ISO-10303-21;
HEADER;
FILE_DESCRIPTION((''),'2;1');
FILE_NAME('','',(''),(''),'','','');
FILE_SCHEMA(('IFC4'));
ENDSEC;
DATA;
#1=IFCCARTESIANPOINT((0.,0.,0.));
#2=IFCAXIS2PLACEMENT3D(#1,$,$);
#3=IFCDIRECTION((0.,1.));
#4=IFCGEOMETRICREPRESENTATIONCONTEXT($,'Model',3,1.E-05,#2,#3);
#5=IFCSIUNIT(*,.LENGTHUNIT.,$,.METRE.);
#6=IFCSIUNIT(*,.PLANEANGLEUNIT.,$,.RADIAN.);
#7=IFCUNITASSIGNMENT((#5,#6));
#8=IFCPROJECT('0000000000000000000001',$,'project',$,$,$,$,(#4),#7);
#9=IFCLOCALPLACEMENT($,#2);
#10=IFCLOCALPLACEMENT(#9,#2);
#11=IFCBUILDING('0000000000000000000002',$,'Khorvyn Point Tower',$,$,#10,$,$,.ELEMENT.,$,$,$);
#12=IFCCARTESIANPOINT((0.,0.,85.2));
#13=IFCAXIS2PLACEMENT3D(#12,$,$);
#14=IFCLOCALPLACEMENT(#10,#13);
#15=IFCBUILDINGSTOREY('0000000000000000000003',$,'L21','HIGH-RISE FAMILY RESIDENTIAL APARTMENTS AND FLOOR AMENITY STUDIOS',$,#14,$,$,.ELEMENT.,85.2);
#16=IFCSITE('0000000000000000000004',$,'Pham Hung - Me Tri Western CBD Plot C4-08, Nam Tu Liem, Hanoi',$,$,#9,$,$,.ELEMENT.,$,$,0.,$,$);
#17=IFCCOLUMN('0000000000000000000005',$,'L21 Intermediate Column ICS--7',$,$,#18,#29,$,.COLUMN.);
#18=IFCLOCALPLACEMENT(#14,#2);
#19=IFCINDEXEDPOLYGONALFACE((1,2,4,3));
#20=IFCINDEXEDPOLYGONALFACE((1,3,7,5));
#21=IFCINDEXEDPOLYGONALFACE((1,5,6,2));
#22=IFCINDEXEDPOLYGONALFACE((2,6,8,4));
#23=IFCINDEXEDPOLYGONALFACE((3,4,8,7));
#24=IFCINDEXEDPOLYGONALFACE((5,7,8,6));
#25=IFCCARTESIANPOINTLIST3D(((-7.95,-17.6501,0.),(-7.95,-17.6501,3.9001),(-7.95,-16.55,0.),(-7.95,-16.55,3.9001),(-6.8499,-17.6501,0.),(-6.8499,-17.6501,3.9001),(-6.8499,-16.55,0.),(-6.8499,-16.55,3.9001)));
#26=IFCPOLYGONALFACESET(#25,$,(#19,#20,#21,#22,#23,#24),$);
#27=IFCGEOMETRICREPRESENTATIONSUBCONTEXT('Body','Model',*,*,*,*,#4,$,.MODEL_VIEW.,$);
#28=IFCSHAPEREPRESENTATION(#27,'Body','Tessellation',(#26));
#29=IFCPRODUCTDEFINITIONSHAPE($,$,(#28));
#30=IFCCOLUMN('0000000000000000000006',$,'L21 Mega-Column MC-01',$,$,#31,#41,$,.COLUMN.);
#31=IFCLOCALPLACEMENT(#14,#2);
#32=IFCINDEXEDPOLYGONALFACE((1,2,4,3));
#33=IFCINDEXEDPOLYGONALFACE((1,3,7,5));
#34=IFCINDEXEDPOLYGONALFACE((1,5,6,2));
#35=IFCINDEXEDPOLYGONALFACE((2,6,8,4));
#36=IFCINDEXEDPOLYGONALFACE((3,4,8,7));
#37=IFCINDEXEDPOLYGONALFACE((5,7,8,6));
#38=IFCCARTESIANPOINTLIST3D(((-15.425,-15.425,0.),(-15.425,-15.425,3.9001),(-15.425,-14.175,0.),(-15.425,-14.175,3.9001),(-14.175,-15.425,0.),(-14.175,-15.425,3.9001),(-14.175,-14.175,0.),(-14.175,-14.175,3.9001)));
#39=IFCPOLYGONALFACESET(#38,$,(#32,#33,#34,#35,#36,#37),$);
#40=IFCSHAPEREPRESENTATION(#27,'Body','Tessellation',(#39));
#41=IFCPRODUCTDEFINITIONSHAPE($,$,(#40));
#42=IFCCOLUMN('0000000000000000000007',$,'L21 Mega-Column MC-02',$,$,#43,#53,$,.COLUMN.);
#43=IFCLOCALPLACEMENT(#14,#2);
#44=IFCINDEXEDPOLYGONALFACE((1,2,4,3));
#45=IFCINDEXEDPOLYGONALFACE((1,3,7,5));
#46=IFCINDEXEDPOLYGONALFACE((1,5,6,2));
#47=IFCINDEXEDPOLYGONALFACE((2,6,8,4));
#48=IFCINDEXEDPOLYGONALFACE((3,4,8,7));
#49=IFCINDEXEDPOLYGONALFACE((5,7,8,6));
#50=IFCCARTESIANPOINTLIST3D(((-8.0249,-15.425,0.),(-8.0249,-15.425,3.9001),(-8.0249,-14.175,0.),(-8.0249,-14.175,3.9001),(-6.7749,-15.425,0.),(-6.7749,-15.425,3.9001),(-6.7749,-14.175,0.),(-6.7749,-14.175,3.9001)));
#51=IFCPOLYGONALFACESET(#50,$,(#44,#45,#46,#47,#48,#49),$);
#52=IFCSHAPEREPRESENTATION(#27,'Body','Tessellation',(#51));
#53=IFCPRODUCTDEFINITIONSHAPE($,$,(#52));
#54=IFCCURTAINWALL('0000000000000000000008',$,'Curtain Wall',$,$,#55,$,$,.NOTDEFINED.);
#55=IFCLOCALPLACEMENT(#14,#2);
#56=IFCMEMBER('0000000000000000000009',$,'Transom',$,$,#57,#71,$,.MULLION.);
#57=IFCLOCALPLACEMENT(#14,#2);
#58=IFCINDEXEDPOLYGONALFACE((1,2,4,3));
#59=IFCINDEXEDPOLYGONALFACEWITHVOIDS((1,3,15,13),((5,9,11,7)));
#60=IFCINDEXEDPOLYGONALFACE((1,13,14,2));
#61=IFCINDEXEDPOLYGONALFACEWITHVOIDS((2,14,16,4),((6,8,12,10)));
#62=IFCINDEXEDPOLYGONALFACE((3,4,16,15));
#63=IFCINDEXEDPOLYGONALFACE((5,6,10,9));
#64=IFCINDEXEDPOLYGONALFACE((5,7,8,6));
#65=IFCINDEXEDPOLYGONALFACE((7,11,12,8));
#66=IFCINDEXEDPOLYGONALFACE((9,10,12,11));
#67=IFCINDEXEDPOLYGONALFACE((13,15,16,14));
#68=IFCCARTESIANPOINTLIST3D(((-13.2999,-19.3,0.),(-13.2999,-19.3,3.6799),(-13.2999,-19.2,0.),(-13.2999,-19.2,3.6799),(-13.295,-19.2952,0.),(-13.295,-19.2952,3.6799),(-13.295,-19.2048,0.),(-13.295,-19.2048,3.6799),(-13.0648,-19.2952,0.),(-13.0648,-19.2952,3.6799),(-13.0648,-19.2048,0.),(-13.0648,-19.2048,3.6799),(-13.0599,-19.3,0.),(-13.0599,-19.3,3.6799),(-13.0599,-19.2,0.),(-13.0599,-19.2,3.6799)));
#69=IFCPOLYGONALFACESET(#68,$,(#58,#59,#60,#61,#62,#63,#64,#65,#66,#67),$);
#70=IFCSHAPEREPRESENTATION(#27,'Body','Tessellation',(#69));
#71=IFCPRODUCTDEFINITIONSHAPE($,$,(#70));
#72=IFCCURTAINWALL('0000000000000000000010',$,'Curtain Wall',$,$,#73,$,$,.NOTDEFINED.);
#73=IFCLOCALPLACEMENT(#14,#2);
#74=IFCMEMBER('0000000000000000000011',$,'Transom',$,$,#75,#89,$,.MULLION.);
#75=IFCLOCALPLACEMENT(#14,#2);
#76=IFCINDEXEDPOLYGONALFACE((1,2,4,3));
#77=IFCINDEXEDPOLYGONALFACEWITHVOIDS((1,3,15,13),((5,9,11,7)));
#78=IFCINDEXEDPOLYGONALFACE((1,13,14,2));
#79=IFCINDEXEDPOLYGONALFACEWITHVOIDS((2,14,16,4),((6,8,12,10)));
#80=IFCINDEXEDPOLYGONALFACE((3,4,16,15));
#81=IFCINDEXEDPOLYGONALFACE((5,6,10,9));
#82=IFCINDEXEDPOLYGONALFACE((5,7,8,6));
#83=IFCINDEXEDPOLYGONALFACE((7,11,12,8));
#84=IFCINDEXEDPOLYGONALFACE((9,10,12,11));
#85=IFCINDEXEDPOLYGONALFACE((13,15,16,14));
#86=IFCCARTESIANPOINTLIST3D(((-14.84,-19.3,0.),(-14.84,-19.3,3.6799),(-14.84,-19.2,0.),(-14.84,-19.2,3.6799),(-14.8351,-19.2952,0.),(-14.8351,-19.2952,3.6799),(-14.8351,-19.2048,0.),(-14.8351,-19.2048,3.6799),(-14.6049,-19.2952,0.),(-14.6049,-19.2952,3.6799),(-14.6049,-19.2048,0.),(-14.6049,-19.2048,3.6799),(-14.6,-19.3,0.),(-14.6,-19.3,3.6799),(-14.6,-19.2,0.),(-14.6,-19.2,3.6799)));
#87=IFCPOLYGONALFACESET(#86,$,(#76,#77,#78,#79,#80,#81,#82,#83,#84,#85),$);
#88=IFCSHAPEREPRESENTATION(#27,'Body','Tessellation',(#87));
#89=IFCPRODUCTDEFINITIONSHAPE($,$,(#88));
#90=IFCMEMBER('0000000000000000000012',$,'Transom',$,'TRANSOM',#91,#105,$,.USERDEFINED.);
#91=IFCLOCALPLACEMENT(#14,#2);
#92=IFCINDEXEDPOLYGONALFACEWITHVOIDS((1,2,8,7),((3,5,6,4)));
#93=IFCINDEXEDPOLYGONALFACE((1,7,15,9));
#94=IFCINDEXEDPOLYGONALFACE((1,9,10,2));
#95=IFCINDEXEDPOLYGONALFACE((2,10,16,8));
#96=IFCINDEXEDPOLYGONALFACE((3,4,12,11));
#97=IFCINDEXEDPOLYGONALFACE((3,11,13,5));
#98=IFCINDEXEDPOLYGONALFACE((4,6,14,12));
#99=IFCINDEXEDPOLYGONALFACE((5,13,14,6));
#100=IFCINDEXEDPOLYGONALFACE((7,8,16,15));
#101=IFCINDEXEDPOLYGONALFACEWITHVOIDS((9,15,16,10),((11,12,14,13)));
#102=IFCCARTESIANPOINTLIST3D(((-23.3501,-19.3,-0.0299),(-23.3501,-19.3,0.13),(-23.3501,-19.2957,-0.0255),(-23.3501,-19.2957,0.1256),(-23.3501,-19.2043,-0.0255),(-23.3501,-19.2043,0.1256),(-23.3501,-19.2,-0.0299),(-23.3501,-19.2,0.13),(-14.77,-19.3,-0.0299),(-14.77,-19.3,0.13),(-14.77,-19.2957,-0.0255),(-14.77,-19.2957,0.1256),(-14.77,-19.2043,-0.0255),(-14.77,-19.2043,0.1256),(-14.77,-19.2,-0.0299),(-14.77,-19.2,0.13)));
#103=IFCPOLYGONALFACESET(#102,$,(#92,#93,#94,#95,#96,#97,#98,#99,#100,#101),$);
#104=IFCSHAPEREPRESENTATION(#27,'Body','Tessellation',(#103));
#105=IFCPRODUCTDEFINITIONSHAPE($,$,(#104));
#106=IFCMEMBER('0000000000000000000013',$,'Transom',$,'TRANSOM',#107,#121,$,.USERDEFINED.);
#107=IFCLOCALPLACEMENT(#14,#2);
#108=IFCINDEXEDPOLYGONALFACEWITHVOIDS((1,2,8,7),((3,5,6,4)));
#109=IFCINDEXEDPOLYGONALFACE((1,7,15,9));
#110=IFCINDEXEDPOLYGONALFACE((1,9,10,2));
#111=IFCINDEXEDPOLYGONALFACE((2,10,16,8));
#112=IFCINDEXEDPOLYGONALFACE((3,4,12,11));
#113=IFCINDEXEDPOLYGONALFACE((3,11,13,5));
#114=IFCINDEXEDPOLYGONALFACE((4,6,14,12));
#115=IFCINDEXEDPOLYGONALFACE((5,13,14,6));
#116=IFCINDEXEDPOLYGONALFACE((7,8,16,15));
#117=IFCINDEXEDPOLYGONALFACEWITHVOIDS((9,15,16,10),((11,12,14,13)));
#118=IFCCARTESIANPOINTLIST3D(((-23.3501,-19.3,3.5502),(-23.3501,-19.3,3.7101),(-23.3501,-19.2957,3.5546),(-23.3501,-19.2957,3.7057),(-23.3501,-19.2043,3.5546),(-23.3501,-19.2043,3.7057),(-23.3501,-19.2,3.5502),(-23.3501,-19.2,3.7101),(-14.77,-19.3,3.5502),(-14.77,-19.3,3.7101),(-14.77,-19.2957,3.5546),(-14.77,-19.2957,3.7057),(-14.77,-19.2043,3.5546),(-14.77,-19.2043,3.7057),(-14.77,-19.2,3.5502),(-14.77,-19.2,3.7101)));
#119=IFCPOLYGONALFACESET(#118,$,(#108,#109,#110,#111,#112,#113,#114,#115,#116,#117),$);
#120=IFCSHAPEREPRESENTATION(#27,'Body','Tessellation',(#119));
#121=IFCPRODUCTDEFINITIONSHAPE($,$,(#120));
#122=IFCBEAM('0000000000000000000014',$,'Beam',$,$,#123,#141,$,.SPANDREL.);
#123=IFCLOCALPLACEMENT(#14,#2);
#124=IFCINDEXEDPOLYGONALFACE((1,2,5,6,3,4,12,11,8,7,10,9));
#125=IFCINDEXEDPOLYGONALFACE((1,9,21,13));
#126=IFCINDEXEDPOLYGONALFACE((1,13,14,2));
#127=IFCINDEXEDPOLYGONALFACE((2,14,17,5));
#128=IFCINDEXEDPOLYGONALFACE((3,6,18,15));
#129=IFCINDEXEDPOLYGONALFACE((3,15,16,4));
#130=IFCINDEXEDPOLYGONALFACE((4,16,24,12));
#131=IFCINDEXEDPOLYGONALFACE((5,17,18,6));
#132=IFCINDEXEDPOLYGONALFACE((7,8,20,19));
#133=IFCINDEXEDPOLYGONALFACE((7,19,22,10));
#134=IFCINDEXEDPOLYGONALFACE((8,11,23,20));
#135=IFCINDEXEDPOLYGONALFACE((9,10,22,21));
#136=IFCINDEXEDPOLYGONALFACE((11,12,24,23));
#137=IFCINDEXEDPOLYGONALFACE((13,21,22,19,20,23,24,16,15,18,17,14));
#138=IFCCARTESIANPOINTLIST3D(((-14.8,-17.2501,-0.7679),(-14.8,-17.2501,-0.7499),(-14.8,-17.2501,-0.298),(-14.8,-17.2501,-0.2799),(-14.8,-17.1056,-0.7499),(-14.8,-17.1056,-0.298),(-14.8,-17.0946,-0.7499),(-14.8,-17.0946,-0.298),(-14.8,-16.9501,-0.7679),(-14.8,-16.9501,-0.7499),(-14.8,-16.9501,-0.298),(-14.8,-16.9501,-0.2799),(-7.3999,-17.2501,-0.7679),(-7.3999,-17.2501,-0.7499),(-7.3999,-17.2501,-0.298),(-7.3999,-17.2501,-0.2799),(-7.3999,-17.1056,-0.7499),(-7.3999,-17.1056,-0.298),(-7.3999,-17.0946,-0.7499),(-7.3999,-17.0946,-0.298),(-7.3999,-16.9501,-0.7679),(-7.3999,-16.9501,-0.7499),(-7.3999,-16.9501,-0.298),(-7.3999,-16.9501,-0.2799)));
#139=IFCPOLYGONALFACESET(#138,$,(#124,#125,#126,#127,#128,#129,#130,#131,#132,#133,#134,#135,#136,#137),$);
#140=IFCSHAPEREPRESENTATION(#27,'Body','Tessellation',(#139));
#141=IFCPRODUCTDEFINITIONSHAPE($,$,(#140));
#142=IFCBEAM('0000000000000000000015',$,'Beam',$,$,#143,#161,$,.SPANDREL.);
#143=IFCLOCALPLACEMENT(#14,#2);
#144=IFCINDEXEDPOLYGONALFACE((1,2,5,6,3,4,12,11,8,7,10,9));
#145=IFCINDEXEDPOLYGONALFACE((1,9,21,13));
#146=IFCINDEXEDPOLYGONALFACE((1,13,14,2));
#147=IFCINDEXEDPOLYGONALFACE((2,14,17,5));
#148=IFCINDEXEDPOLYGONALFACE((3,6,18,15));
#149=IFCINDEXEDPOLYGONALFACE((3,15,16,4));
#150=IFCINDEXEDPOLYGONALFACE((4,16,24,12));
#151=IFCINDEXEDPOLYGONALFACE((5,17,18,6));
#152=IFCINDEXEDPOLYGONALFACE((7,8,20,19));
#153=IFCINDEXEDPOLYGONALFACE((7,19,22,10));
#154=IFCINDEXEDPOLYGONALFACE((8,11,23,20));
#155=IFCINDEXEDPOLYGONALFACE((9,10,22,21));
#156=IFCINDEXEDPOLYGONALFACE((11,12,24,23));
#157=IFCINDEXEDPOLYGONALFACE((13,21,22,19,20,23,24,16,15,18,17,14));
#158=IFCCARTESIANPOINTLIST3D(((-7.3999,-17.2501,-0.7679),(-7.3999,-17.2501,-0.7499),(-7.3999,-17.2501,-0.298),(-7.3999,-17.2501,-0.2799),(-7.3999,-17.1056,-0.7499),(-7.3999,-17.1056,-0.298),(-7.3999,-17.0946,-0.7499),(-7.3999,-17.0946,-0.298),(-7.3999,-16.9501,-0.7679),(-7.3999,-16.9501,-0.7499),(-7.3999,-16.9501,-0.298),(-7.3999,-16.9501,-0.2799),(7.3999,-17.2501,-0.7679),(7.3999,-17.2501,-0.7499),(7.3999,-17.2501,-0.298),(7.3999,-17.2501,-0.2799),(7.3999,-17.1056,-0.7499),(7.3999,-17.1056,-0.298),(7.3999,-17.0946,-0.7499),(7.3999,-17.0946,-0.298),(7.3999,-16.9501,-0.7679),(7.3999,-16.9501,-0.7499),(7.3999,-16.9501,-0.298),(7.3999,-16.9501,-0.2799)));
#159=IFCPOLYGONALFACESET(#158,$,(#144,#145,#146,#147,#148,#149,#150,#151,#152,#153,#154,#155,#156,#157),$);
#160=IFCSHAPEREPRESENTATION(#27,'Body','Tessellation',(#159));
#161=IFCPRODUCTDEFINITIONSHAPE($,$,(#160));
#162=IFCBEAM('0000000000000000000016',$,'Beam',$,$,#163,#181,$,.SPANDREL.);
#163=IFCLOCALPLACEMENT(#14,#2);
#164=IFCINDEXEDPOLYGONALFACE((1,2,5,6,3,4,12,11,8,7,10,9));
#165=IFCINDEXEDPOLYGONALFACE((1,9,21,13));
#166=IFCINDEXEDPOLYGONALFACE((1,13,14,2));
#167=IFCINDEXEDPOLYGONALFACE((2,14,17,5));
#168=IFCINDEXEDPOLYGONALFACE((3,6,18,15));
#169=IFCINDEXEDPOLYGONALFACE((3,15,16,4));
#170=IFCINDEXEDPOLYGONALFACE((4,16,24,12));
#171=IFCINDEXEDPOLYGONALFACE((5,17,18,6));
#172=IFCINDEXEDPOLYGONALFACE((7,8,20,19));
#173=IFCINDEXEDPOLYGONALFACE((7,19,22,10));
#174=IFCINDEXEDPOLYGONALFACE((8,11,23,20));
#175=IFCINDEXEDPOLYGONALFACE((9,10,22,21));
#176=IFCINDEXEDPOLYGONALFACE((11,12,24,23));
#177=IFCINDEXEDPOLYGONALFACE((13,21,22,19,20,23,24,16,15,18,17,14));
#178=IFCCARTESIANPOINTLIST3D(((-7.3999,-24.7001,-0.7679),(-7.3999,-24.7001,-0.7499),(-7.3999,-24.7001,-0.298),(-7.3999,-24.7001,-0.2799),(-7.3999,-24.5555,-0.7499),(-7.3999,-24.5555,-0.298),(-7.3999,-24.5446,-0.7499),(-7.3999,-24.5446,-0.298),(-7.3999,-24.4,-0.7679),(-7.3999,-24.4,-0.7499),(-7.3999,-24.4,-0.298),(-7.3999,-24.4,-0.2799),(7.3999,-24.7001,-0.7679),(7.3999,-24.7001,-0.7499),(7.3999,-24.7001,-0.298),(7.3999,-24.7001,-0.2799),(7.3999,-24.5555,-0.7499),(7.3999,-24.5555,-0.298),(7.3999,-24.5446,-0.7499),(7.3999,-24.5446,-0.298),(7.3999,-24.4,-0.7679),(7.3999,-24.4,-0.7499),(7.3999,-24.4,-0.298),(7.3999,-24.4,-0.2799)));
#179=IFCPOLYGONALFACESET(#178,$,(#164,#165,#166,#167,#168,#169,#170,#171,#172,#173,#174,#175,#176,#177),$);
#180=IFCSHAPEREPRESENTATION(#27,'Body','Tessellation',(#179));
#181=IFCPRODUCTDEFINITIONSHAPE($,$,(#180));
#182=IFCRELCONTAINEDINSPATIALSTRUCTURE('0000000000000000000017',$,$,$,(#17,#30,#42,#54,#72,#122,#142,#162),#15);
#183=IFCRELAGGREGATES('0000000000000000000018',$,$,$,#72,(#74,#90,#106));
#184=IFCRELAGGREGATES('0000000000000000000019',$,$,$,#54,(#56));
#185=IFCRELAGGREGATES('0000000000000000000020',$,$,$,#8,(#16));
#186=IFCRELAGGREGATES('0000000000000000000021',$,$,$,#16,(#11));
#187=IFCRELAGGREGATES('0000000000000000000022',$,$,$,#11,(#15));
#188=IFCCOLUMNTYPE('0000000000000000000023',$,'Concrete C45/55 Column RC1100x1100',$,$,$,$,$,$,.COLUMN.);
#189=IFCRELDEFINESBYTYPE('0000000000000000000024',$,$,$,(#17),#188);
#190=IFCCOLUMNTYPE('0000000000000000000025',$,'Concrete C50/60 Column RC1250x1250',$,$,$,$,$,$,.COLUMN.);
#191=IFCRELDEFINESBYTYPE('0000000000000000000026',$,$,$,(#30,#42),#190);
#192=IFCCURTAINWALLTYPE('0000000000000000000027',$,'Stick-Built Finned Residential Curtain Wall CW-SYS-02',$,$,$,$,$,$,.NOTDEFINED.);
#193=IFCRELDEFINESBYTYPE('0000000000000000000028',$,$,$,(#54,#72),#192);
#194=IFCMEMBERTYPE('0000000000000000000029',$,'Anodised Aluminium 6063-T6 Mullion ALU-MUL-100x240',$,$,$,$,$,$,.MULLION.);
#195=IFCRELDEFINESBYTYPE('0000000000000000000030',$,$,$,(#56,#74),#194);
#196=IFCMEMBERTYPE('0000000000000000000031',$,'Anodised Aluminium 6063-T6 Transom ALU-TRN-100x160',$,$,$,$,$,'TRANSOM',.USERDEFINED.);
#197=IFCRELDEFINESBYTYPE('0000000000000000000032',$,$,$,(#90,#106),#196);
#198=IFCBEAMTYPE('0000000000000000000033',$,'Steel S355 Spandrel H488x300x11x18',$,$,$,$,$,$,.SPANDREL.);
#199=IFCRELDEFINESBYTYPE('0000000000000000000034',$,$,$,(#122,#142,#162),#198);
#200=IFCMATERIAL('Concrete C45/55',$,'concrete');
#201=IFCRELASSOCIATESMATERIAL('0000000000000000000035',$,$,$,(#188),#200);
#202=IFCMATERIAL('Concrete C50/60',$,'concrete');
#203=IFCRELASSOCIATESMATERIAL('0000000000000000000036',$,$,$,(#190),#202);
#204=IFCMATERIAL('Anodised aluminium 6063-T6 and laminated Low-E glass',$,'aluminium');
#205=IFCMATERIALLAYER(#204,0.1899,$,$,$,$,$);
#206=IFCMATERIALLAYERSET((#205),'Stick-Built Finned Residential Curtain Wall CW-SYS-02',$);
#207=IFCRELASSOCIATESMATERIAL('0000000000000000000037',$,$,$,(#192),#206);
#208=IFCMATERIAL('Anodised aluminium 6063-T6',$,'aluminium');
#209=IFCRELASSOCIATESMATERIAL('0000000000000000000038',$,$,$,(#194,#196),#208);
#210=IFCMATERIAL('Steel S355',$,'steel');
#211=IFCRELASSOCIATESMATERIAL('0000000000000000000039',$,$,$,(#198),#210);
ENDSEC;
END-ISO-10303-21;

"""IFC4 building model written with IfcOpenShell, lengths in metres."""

from ifc_helpers import new_model, si_unit, direction, frame, origin, origin_2d, place, context, subcontext, project, spatial, rectangle, hollow_rectangle, i_section, extrude, material, layer, layer_set, material_profile, profile_set, type_object, element, aggregate, save


model = new_model("IFC4")

# Units and contexts
model_context = context("Model", 3, precision=1e-05, world=origin(), true_north=direction((0.0, 1.0)))
body_context = subcontext(model_context, "Body", "Model", "MODEL_VIEW")
ifc_project = project(units=[si_unit("LENGTHUNIT", "METRE"), si_unit("PLANEANGLEUNIT", "RADIAN")], contexts=[model_context])

# Site, building, storey
site_placement = place(None, origin())
site = spatial("IfcSite", under=ifc_project, at=site_placement, Name="Pham Hung - Me Tri Western CBD Plot C4-08, Nam Tu Liem, Hanoi", CompositionType="ELEMENT", RefElevation=0.0)
building_placement = place(site_placement, origin())
building = spatial("IfcBuilding", under=site, at=building_placement, Name="Khorvyn Point Tower", CompositionType="ELEMENT")
storey_placement = place(building_placement, frame((0.0, 0.0, 85.2)))
storey = spatial("IfcBuildingStorey", under=building, at=storey_placement, Name="L21", Description="HIGH-RISE FAMILY RESIDENTIAL APARTMENTS AND FLOOR AMENITY STUDIOS", CompositionType="ELEMENT", Elevation=85.2)

# Columns
ifc_material_1 = material(Name="Concrete C45/55", Category="concrete")
ifc_material_profile_1 = material_profile(ifc_material_1, rectangle(XDim=1.1001, YDim=1.1001, at=origin_2d()))
ifc_profile_set_1 = profile_set([ifc_material_profile_1], Name="Concrete C45/55 RC1100x1100")
column_type_1 = type_object("IfcColumnType", Name="Concrete C45/55 Column RC1100x1100", PredefinedType="COLUMN", material=ifc_profile_set_1)
column_placement = place(storey_placement, frame((-7.3999, -17.1001, 0.0), z_axis=(0.0, 0.0, 1.0), x_axis=(1.0, 0.0, 0.0)))
element("IfcColumn", 1, at=column_placement, inside=storey, type_object=column_type_1, Name="L21 Intermediate Column ICS--7", PredefinedType="COLUMN", context=body_context, shape_type="SweptSolid", body=[
    extrude(rectangle(XDim=1.1001, YDim=1.1001, at=origin_2d()), origin(), (0.0, 0.0, 1.0), 3.9001),
])
ifc_material_2 = material(Name="Concrete C50/60", Category="concrete")
ifc_material_profile_2 = material_profile(ifc_material_2, rectangle(XDim=1.25, YDim=1.25, at=origin_2d()))
ifc_profile_set_2 = profile_set([ifc_material_profile_2], Name="Concrete C50/60 RC1250x1250")
column_type_2 = type_object("IfcColumnType", Name="Concrete C50/60 Column RC1250x1250", PredefinedType="COLUMN", material=ifc_profile_set_2)
for number, where, z_axis, x_axis, name in (
    (2, (-14.8, -14.8, 0.0), (0.0, 0.0, 1.0), (1.0, 0.0, 0.0), "L21 Mega-Column MC-01"),
    (3, (-7.3999, -14.8, 0.0), (0.0, 0.0, 1.0), (1.0, 0.0, 0.0), "L21 Mega-Column MC-02"),
):
    element("IfcColumn", number, at=place(storey_placement, frame(where, z_axis=z_axis, x_axis=x_axis)), inside=storey, type_object=column_type_2, Name=name, PredefinedType="COLUMN", context=body_context, shape_type="SweptSolid", body=[
        extrude(rectangle(XDim=1.25, YDim=1.25, at=origin_2d()), origin(), (0.0, 0.0, 1.0), 3.9001),
    ])

# Curtain wall, member
ifc_material_3 = material(Name="Anodised aluminium 6063-T6 and laminated Low-E glass", Category="aluminium")
ifc_layer_1 = layer(ifc_material_3, 0.1899)
ifc_layer_set_1 = layer_set([ifc_layer_1], Name="Stick-Built Finned Residential Curtain Wall CW-SYS-02")
curtain_wall_type = type_object("IfcCurtainWallType", Name="Stick-Built Finned Residential Curtain Wall CW-SYS-02", PredefinedType="NOTDEFINED", material=ifc_layer_set_1)
curtain_wall_1_placement = place(storey_placement, origin())
curtain_wall_1 = element("IfcCurtainWall", 4, at=curtain_wall_1_placement, inside=storey, type_object=curtain_wall_type, Name="Curtain Wall", PredefinedType="NOTDEFINED")
ifc_material_4 = material(Name="Anodised aluminium 6063-T6", Category="aluminium")
ifc_material_profile_3 = material_profile(ifc_material_4, hollow_rectangle(XDim=0.1001, YDim=0.24, WallThickness=0.0049, at=origin_2d()))
ifc_profile_set_3 = profile_set([ifc_material_profile_3], Name="Anodised aluminium 6063-T6 ALU-MUL-100x240")
member_type_1 = type_object("IfcMemberType", Name="Anodised Aluminium 6063-T6 Mullion ALU-MUL-100x240", PredefinedType="MULLION", material=ifc_profile_set_3)
member_1_placement = place(storey_placement, frame((-13.1799, -19.25, 0.0), z_axis=(0.0, 0.0, 1.0), x_axis=(0.0, -1.0, 0.0)))
member_1 = element("IfcMember", 5, at=member_1_placement, type_object=member_type_1, Name="Transom", PredefinedType="MULLION", context=body_context, shape_type="SweptSolid", body=[
    extrude(hollow_rectangle(XDim=0.1001, YDim=0.24, WallThickness=0.0049, at=origin_2d()), origin(), (0.0, 0.0, 1.0), 3.6799),
])

# Curtain wall, members
curtain_wall_2_placement = place(storey_placement, origin())
curtain_wall_2 = element("IfcCurtainWall", 6, at=curtain_wall_2_placement, inside=storey, type_object=curtain_wall_type, Name="Curtain Wall", PredefinedType="NOTDEFINED")
member_2_placement = place(storey_placement, frame((-14.72, -19.25, 0.0), z_axis=(0.0, 0.0, 1.0), x_axis=(0.0, -1.0, 0.0)))
member_2 = element("IfcMember", 7, at=member_2_placement, type_object=member_type_1, Name="Transom", PredefinedType="MULLION", context=body_context, shape_type="SweptSolid", body=[
    extrude(hollow_rectangle(XDim=0.1001, YDim=0.24, WallThickness=0.0049, at=origin_2d()), origin(), (0.0, 0.0, 1.0), 3.6799),
])
ifc_material_profile_4 = material_profile(ifc_material_4, hollow_rectangle(XDim=0.1001, YDim=0.1599, WallThickness=0.0044, at=origin_2d()))
ifc_profile_set_4 = profile_set([ifc_material_profile_4], Name="Anodised aluminium 6063-T6 ALU-TRN-100x160")
member_type_2 = type_object("IfcMemberType", Name="Anodised Aluminium 6063-T6 Transom ALU-TRN-100x160", ElementType="TRANSOM", PredefinedType="USERDEFINED", material=ifc_profile_set_4)
member_3_placement = place(storey_placement, frame((-14.77, -19.25, 0.05), z_axis=(-1.0, 0.0, 0.0), x_axis=(0.0, -1.0, 0.0)))
member_3 = element("IfcMember", 8, at=member_3_placement, type_object=member_type_2, Name="Transom", ObjectType="TRANSOM", PredefinedType="USERDEFINED", context=body_context, shape_type="SweptSolid", body=[
    extrude(hollow_rectangle(XDim=0.1001, YDim=0.1599, WallThickness=0.0044, at=origin_2d()), origin(), (0.0, 0.0, 1.0), 8.5801),
])
member_4_placement = place(storey_placement, frame((-14.77, -19.25, 3.6301), z_axis=(-1.0, 0.0, 0.0), x_axis=(0.0, -1.0, 0.0)))
member_4 = element("IfcMember", 9, at=member_4_placement, type_object=member_type_2, Name="Transom", ObjectType="TRANSOM", PredefinedType="USERDEFINED", context=body_context, shape_type="SweptSolid", body=[
    extrude(hollow_rectangle(XDim=0.1001, YDim=0.1599, WallThickness=0.0044, at=origin_2d()), origin(), (0.0, 0.0, 1.0), 8.5801),
])
aggregate(curtain_wall_2, [member_2, member_3, member_4])

# Beams
ifc_material_5 = material(Name="Steel S355", Category="steel")
ifc_material_profile_5 = material_profile(ifc_material_5, i_section(OverallWidth=0.3, OverallDepth=0.488, WebThickness=0.011, FlangeThickness=0.0181, at=origin_2d()))
ifc_profile_set_5 = profile_set([ifc_material_profile_5], Name="Steel S355 H488x300x11x18")
beam_type_1 = type_object("IfcBeamType", Name="Steel S355 Spandrel H488x300x11x18", PredefinedType="SPANDREL", material=ifc_profile_set_5)
beam_1_placement = place(storey_placement, frame((-14.8, -17.1001, -0.5239), z_axis=(1.0, 0.0, 0.0), x_axis=(0.0, 1.0, 0.0)))
element("IfcBeam", 10, at=beam_1_placement, inside=storey, type_object=beam_type_1, Name="Beam", PredefinedType="SPANDREL", context=body_context, shape_type="SweptSolid", body=[
    extrude(i_section(OverallWidth=0.3, OverallDepth=0.488, WebThickness=0.011, FlangeThickness=0.0181, at=origin_2d()), origin(), (0.0, 0.0, 1.0), 7.4001),
])
for number, where, z_axis, x_axis, name in (
    (11, (-7.3999, -17.1001, -0.5239), (1.0, 0.0, 0.0), (0.0, 1.0, 0.0), "Beam"),
    (12, (-7.3999, -24.55, -0.5239), (1.0, 0.0, 0.0), (0.0, 1.0, 0.0), "Beam"),
):
    element("IfcBeam", number, at=place(storey_placement, frame(where, z_axis=z_axis, x_axis=x_axis)), inside=storey, type_object=beam_type_1, Name=name, PredefinedType="SPANDREL", context=body_context, shape_type="SweptSolid", body=[
        extrude(i_section(OverallWidth=0.3, OverallDepth=0.488, WebThickness=0.011, FlangeThickness=0.0181, at=origin_2d()), origin(), (0.0, 0.0, 1.0), 14.7998),
    ])

aggregate(curtain_wall_1, [member_1])

save(model, "model.ifc")
